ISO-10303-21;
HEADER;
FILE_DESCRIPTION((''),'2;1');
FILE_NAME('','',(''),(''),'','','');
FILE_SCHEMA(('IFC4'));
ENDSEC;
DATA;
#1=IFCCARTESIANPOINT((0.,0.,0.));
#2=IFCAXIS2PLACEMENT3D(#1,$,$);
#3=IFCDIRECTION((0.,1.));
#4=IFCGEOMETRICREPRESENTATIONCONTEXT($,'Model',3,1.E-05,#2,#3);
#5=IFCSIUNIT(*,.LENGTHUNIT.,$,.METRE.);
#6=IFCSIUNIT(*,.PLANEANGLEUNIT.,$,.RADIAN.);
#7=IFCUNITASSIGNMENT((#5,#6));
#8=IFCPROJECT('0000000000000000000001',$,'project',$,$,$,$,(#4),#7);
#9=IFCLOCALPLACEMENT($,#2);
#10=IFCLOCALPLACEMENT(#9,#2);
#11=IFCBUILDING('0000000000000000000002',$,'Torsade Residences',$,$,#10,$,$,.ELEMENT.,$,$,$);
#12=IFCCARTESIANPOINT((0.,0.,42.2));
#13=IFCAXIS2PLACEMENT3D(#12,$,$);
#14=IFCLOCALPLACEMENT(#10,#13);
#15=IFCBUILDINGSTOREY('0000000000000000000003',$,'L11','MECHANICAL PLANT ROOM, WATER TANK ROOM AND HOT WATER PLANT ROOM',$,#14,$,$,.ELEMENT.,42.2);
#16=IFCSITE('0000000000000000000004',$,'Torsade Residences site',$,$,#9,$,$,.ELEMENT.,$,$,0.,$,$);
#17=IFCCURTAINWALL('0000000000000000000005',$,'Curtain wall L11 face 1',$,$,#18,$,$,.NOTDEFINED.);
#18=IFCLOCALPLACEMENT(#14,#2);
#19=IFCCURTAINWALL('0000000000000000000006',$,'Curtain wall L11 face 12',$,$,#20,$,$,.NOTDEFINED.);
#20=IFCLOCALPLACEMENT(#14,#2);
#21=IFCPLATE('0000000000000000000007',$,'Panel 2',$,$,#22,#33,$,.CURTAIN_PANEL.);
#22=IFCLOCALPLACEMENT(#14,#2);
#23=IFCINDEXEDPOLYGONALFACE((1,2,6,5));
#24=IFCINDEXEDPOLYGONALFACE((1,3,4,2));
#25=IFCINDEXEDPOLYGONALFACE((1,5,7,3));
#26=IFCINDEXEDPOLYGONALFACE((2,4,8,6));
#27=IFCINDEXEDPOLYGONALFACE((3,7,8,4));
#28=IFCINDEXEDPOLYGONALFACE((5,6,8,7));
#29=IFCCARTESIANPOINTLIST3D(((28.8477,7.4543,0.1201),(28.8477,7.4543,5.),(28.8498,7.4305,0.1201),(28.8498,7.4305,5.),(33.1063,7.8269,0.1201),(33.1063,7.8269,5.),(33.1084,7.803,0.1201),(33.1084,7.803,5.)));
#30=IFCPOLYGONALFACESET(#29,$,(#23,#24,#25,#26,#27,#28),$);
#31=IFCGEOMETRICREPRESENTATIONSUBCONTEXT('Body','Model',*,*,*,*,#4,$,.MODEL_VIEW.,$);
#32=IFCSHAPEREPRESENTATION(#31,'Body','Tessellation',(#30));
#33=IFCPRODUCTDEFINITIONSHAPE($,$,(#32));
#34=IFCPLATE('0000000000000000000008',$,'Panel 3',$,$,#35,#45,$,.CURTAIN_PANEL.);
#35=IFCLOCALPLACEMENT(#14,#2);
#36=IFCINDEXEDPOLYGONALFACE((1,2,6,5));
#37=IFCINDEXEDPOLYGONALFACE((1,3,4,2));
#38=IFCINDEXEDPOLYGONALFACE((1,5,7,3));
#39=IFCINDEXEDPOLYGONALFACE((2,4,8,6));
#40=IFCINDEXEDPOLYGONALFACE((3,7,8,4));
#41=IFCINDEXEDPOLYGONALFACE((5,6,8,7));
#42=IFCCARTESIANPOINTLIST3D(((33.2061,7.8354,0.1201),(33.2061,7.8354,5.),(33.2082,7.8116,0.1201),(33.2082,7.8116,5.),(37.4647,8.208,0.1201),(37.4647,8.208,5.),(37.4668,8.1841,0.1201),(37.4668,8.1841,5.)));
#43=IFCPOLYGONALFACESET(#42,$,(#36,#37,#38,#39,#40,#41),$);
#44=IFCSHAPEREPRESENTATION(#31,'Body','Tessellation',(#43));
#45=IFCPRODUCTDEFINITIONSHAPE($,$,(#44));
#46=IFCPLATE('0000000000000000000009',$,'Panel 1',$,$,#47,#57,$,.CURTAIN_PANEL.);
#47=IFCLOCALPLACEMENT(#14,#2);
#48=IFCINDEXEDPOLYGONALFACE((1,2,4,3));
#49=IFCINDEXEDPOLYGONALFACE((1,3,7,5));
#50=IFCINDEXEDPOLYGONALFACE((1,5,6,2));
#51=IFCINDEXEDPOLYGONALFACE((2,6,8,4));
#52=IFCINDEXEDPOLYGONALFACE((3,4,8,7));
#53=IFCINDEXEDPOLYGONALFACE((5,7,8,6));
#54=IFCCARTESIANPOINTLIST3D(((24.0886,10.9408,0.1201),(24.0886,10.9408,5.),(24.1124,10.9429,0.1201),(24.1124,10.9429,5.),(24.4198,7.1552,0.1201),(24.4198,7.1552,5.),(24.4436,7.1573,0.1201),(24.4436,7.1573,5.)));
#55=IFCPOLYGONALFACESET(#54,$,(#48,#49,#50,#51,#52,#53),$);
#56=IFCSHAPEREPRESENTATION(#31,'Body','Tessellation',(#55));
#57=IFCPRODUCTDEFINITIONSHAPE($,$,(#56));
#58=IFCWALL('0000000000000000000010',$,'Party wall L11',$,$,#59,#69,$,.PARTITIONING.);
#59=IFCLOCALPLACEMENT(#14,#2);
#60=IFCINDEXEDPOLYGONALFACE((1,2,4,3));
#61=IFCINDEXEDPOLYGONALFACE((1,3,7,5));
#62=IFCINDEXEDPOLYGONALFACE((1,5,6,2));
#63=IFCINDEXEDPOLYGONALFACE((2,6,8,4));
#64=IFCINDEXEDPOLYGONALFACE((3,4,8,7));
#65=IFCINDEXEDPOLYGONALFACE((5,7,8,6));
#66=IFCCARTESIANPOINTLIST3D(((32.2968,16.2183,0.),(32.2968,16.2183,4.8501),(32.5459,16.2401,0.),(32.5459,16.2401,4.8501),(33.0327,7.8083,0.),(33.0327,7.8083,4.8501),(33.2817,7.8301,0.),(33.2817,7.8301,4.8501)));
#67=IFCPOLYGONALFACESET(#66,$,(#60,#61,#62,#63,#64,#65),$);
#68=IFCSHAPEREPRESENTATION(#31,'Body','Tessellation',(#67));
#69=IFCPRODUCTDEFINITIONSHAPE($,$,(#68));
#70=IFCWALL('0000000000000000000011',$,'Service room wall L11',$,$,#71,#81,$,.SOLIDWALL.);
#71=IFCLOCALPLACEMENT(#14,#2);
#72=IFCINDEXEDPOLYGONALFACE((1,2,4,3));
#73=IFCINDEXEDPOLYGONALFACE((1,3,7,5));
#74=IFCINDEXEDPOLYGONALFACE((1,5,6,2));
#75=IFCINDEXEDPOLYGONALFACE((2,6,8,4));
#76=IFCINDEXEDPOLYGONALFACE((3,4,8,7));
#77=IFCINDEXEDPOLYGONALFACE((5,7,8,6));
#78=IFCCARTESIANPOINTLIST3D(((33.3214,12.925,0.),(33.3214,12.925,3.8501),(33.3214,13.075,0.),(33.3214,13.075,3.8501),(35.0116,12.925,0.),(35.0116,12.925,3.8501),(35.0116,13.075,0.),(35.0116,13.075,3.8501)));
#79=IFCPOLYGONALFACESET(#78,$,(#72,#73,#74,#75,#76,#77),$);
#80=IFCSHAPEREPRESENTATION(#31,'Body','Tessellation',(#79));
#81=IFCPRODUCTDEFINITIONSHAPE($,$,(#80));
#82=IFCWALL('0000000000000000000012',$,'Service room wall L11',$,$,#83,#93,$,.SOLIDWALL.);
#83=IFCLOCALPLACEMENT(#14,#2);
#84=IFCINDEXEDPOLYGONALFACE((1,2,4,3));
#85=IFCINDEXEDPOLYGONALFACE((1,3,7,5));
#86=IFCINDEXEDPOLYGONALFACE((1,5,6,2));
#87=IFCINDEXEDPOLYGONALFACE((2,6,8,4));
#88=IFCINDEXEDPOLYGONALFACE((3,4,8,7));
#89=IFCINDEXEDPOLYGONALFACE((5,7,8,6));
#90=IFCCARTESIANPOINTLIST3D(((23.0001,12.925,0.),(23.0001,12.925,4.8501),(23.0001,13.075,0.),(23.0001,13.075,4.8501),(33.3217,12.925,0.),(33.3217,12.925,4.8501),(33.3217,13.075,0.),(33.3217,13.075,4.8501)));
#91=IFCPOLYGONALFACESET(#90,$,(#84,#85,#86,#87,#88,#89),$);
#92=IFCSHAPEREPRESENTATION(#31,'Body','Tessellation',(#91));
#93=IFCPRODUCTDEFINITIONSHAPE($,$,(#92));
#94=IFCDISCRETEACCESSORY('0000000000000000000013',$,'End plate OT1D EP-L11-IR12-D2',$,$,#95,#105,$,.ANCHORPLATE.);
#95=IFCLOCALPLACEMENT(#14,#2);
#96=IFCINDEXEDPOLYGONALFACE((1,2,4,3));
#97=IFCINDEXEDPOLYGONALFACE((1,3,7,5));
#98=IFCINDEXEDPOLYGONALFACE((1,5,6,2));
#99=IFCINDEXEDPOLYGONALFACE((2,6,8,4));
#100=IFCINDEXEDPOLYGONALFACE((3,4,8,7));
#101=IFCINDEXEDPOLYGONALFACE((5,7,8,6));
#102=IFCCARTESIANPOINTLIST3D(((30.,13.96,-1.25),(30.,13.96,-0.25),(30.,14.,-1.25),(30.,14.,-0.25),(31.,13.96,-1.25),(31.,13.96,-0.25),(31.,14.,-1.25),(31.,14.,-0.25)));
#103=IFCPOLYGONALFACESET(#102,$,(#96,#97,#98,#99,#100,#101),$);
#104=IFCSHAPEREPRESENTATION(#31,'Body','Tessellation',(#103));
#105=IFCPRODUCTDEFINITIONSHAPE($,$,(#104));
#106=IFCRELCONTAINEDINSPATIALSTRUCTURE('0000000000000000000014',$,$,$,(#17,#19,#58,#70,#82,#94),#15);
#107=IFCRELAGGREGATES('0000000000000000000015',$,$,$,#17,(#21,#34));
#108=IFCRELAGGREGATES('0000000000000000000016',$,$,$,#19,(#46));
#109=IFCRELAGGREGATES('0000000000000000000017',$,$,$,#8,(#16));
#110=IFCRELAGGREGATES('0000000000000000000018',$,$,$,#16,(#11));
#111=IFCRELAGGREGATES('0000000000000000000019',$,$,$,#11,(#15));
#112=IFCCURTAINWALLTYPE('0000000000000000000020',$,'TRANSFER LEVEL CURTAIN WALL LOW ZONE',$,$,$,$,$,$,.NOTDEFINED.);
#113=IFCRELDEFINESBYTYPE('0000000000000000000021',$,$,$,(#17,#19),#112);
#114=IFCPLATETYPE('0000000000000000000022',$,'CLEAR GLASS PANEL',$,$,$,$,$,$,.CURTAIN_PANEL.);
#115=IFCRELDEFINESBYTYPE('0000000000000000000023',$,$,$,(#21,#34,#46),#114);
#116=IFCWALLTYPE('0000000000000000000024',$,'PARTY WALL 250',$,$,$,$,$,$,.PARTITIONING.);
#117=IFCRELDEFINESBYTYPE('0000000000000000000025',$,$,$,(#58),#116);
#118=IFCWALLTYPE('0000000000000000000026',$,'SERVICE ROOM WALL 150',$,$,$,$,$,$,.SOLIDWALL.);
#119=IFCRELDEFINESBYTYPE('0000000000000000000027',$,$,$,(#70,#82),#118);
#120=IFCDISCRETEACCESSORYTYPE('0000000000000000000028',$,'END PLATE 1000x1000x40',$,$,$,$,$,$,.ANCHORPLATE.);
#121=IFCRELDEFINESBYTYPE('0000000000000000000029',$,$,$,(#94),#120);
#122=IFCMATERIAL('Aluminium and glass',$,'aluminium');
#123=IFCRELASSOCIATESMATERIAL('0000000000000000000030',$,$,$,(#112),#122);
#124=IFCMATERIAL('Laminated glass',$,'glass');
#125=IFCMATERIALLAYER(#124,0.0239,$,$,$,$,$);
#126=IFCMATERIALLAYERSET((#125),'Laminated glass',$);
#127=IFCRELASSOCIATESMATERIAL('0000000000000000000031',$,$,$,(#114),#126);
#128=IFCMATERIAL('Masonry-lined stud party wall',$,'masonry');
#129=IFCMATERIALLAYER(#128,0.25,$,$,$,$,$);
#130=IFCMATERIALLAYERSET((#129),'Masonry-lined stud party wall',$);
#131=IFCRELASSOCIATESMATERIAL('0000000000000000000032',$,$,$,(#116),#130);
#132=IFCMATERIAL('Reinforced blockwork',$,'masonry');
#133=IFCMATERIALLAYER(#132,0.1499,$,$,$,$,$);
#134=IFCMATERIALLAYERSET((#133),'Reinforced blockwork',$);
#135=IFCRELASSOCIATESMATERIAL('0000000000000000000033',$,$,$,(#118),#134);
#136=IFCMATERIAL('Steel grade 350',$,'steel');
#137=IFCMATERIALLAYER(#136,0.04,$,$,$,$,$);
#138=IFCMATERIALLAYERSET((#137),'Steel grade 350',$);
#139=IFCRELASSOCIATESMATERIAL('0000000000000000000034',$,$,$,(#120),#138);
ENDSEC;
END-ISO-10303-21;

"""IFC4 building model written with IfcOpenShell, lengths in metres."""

from ifc_helpers import new_model, si_unit, direction, frame, frame_2d, origin, origin_2d, place, context, subcontext, project, spatial, rectangle, extrude, material, layer, layer_set, type_object, element, aggregate, save


model = new_model("IFC4")

# Units and contexts
model_context = context("Model", 3, precision=1e-05, world=origin(), true_north=direction((0.0, 1.0)))
body_context = subcontext(model_context, "Body", "Model", "MODEL_VIEW")
ifc_project = project(units=[si_unit("LENGTHUNIT", "METRE"), si_unit("PLANEANGLEUNIT", "RADIAN")], contexts=[model_context])

# Site, building, storey
site_placement = place(None, origin())
site = spatial("IfcSite", under=ifc_project, at=site_placement, Name="Torsade Residences site", CompositionType="ELEMENT", RefElevation=0.0)
building_placement = place(site_placement, origin())
building = spatial("IfcBuilding", under=site, at=building_placement, Name="Torsade Residences", CompositionType="ELEMENT")
storey_placement = place(building_placement, frame((0.0, 0.0, 42.2)))
storey = spatial("IfcBuildingStorey", under=building, at=storey_placement, Name="L11", Description="MECHANICAL PLANT ROOM, WATER TANK ROOM AND HOT WATER PLANT ROOM", CompositionType="ELEMENT", Elevation=42.2)

# Curtain wall
ifc_material_1 = material(Name="Aluminium and glass", Category="aluminium")
curtain_wall_type = type_object("IfcCurtainWallType", Name="TRANSFER LEVEL CURTAIN WALL LOW ZONE", PredefinedType="NOTDEFINED", material=ifc_material_1)
curtain_wall_1_placement = place(storey_placement, origin())
curtain_wall_1 = element("IfcCurtainWall", 1, at=curtain_wall_1_placement, inside=storey, type_object=curtain_wall_type, Name="Curtain wall L11 face 1", PredefinedType="NOTDEFINED")

# Curtain wall
curtain_wall_2_placement = place(storey_placement, origin())
curtain_wall_2 = element("IfcCurtainWall", 2, at=curtain_wall_2_placement, inside=storey, type_object=curtain_wall_type, Name="Curtain wall L11 face 12", PredefinedType="NOTDEFINED")

# Plates
ifc_material_2 = material(Name="Laminated glass", Category="glass")
ifc_layer_1 = layer(ifc_material_2, 0.0239)
ifc_layer_set_1 = layer_set([ifc_layer_1], Name="Laminated glass")
plate_type = type_object("IfcPlateType", Name="CLEAR GLASS PANEL", PredefinedType="CURTAIN_PANEL", material=ifc_layer_set_1)
plate_1_placement = place(storey_placement, frame((30.978, 7.6287, 0.1201), z_axis=(0.0, 0.0, 1.0), x_axis=(0.996195, 0.087156, 0.0)))
plate_1 = element("IfcPlate", 3, at=plate_1_placement, type_object=plate_type, Name="Panel 2", PredefinedType="CURTAIN_PANEL", context=body_context, shape_type="SweptSolid", body=[
    extrude(rectangle(XDim=4.2749, YDim=0.0239, at=origin_2d()), origin(), (0.0, 0.0, 1.0), 4.8799),
])
plate_2_placement = place(storey_placement, frame((35.3364, 8.0098, 0.1201), z_axis=(0.0, 0.0, 1.0), x_axis=(0.996195, 0.087156, 0.0)))
plate_2 = element("IfcPlate", 4, at=plate_2_placement, type_object=plate_type, Name="Panel 3", PredefinedType="CURTAIN_PANEL", context=body_context, shape_type="SweptSolid", body=[
    extrude(rectangle(XDim=4.2749, YDim=0.0239, at=origin_2d()), origin(), (0.0, 0.0, 1.0), 4.8799),
])
aggregate(curtain_wall_1, [plate_1, plate_2])
plate_3_placement = place(storey_placement, frame((24.2661, 9.0491, 0.1201), z_axis=(0.0, 0.0, 1.0), x_axis=(0.087156, -0.996195, 0.0)))
plate_3 = element("IfcPlate", 5, at=plate_3_placement, type_object=plate_type, Name="Panel 1", PredefinedType="CURTAIN_PANEL", context=body_context, shape_type="SweptSolid", body=[
    extrude(rectangle(XDim=3.8, YDim=0.0239, at=origin_2d()), origin(), (0.0, 0.0, 1.0), 4.8799),
])
aggregate(curtain_wall_2, [plate_3])

# Walls
ifc_material_3 = material(Name="Masonry-lined stud party wall", Category="masonry")
ifc_layer_2 = layer(ifc_material_3, 0.25)
ifc_layer_set_2 = layer_set([ifc_layer_2], Name="Masonry-lined stud party wall")
wall_type_1 = type_object("IfcWallType", Name="PARTY WALL 250", PredefinedType="PARTITIONING", material=ifc_layer_set_2)
wall_1_placement = place(storey_placement, frame((33.1572, 7.8191, 0.0), z_axis=(0.0, 0.0, 1.0), x_axis=(-0.087164, 0.996194, 0.0)))
element("IfcWall", 6, at=wall_1_placement, inside=storey, type_object=wall_type_1, Name="Party wall L11", PredefinedType="PARTITIONING", context=body_context, shape_type="SweptSolid", body=[
    extrude(rectangle(XDim=8.4421, YDim=0.25, at=frame_2d((4.2212, 0.0))), origin(), (0.0, 0.0, 1.0), 4.8501),
])
ifc_material_4 = material(Name="Reinforced blockwork", Category="masonry")
ifc_layer_3 = layer(ifc_material_4, 0.1499)
ifc_layer_set_3 = layer_set([ifc_layer_3], Name="Reinforced blockwork")
wall_type_2 = type_object("IfcWallType", Name="SERVICE ROOM WALL 150", PredefinedType="SOLIDWALL", material=ifc_layer_set_3)
wall_2_placement = place(storey_placement, frame((35.0117, 13.0, 0.0), z_axis=(0.0, 0.0, 1.0), x_axis=(-1.0, 0.0, 0.0)))
element("IfcWall", 7, at=wall_2_placement, inside=storey, type_object=wall_type_2, Name="Service room wall L11", PredefinedType="SOLIDWALL", context=body_context, shape_type="SweptSolid", body=[
    extrude(rectangle(XDim=1.6902, YDim=0.1499, at=frame_2d((0.8452, 0.0))), origin(), (0.0, 0.0, 1.0), 3.8501),
])
wall_3_placement = place(storey_placement, frame((33.3215, 13.0, 0.0), z_axis=(0.0, 0.0, 1.0), x_axis=(-1.0, 0.0, 0.0)))
element("IfcWall", 8, at=wall_3_placement, inside=storey, type_object=wall_type_2, Name="Service room wall L11", PredefinedType="SOLIDWALL", context=body_context, shape_type="SweptSolid", body=[
    extrude(rectangle(XDim=10.3215, YDim=0.1499, at=frame_2d((5.1606, 0.0))), origin(), (0.0, 0.0, 1.0), 4.8501),
])

# Discrete accessory
ifc_material_5 = material(Name="Steel grade 350", Category="steel")
ifc_layer_4 = layer(ifc_material_5, 0.04)
ifc_layer_set_4 = layer_set([ifc_layer_4], Name="Steel grade 350")
discrete_accessory_type = type_object("IfcDiscreteAccessoryType", Name="END PLATE 1000x1000x40", PredefinedType="ANCHORPLATE", material=ifc_layer_set_4)
discrete_accessory_placement = place(storey_placement, frame((30.5, 13.98, -1.25), z_axis=(0.0, 0.0, 1.0), x_axis=(1.0, 0.0, 0.0)))
element("IfcDiscreteAccessory", 9, at=discrete_accessory_placement, inside=storey, type_object=discrete_accessory_type, Name="End plate OT1D EP-L11-IR12-D2", PredefinedType="ANCHORPLATE", context=body_context, shape_type="SweptSolid", body=[
    extrude(rectangle(XDim=1.0, YDim=0.04, at=origin_2d()), origin(), (0.0, 0.0, 1.0), 1.0),
])

save(model, "model.ifc")
